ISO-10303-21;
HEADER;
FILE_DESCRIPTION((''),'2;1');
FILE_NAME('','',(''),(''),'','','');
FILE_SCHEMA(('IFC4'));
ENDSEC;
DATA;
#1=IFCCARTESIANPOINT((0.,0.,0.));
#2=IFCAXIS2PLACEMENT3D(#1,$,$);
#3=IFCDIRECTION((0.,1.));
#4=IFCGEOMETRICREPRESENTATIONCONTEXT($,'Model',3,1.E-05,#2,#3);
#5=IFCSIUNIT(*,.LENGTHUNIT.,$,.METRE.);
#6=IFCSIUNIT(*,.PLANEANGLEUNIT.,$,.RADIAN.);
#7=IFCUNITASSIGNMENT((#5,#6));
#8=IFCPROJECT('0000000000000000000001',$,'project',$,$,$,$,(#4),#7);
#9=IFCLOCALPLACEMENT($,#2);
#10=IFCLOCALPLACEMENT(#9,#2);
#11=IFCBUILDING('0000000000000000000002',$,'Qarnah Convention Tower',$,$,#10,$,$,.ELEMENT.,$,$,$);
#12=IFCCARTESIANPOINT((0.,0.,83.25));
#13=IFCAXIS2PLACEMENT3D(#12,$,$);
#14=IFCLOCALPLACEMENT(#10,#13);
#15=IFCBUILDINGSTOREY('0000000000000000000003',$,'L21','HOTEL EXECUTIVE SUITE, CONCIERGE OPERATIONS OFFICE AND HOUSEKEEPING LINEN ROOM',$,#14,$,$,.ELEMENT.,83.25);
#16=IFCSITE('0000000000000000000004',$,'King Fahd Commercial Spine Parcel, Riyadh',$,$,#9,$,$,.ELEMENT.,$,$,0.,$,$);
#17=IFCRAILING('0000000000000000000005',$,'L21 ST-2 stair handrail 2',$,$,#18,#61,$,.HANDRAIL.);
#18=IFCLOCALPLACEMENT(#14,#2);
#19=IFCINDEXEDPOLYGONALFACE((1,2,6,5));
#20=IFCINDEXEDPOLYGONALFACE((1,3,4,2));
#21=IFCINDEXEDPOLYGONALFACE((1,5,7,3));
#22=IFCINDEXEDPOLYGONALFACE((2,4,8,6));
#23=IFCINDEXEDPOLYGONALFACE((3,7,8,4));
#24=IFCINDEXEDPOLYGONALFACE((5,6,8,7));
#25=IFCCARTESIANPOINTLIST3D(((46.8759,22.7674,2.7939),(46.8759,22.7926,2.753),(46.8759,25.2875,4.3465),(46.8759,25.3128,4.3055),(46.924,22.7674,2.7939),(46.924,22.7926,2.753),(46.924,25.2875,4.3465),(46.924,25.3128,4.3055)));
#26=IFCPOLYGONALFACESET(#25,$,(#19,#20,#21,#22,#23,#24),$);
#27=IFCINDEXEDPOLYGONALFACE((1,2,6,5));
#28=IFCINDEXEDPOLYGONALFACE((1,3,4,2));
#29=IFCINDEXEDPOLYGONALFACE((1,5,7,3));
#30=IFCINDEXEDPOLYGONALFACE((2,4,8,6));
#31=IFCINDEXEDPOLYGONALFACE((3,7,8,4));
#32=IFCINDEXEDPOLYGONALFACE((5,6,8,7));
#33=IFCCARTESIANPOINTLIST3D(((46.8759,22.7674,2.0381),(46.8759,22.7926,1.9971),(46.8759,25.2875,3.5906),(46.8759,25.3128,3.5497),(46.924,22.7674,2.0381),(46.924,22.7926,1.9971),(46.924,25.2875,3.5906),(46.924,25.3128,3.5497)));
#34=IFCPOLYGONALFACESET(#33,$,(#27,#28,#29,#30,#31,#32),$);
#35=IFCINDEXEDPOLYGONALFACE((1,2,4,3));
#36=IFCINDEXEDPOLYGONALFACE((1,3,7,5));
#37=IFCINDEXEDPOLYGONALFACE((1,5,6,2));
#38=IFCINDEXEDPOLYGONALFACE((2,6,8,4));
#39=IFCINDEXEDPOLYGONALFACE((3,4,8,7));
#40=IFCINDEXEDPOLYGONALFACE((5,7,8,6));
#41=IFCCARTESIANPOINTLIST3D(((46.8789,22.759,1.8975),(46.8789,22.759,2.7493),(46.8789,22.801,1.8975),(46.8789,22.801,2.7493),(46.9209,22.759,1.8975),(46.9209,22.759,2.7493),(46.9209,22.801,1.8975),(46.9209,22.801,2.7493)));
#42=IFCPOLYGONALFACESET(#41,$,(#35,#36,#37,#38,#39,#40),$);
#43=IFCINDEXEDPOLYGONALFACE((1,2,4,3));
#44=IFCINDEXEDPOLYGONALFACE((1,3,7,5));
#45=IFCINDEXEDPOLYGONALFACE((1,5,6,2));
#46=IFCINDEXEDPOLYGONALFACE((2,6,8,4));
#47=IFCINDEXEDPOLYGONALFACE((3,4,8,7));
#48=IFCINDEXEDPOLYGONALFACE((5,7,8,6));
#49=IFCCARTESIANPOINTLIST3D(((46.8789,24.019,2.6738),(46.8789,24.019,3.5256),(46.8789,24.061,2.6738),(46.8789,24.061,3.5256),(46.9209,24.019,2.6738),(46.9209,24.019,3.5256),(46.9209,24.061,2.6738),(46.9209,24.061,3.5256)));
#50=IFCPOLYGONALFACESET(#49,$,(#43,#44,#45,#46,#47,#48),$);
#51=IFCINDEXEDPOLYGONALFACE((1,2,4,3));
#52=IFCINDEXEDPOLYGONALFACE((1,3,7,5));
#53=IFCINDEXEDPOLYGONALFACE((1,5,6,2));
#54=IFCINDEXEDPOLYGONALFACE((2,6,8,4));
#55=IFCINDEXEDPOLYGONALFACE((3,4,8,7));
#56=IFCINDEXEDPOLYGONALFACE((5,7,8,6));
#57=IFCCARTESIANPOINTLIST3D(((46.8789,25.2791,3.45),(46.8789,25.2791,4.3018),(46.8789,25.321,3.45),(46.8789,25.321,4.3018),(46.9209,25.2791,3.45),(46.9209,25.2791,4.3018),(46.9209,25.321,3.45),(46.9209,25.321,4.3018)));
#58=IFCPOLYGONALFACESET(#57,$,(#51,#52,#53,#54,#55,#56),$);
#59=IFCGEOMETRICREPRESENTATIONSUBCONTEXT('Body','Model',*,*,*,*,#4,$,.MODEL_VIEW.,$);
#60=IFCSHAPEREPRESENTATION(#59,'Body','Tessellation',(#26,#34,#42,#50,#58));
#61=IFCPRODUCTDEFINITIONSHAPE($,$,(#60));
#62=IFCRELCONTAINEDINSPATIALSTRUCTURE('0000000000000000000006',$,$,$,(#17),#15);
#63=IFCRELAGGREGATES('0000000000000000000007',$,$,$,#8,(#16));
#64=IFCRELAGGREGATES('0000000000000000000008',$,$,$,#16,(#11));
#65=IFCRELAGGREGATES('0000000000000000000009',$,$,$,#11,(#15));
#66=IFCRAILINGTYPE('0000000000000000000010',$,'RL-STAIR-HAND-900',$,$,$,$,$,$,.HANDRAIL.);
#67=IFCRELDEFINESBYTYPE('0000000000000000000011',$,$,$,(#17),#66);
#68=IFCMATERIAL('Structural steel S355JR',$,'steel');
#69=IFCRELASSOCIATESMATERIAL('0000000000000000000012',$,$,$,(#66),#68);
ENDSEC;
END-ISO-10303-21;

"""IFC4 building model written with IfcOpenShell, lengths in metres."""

from ifc_helpers import new_model, si_unit, direction, frame, origin, origin_2d, place, context, subcontext, project, spatial, rectangle, extrude, material, type_object, element, save


model = new_model("IFC4")

# Units and contexts
model_context = context("Model", 3, precision=1e-05, world=origin(), true_north=direction((0.0, 1.0)))
body_context = subcontext(model_context, "Body", "Model", "MODEL_VIEW")
ifc_project = project(units=[si_unit("LENGTHUNIT", "METRE"), si_unit("PLANEANGLEUNIT", "RADIAN")], contexts=[model_context])

# Site, building, storey
site_placement = place(None, origin())
site = spatial("IfcSite", under=ifc_project, at=site_placement, Name="King Fahd Commercial Spine Parcel, Riyadh", CompositionType="ELEMENT", RefElevation=0.0)
building_placement = place(site_placement, origin())
building = spatial("IfcBuilding", under=site, at=building_placement, Name="Qarnah Convention Tower", CompositionType="ELEMENT")
storey_placement = place(building_placement, frame((0.0, 0.0, 83.25)))
storey = spatial("IfcBuildingStorey", under=building, at=storey_placement, Name="L21", Description="HOTEL EXECUTIVE SUITE, CONCIERGE OPERATIONS OFFICE AND HOUSEKEEPING LINEN ROOM", CompositionType="ELEMENT", Elevation=83.25)

# Shared definitions
ifc_material_1 = material(Name="Structural steel S355JR", Category="steel")

# Railing
railing_type_1 = type_object("IfcRailingType", Name="RL-STAIR-HAND-900", PredefinedType="HANDRAIL", material=ifc_material_1)
railing_1_placement = place(storey_placement, frame((46.8999, 22.78, 1.8975)))
element("IfcRailing", 1, at=railing_1_placement, inside=storey, type_object=railing_type_1, Name="L21 ST-2 stair handrail 2", PredefinedType="HANDRAIL", context=body_context, shape_type="SweptSolid", body=[
    extrude(rectangle(XDim=0.0481, YDim=0.0481, at=origin_2d()), frame((0.0, 0.0, 0.876), z_axis=(0.0, 0.8514, 0.524516), x_axis=(-1.0, 0.0, 0.0)), (0.0, 0.0, 1.0), 2.96),
    extrude(rectangle(XDim=0.0481, YDim=0.0481, at=origin_2d()), frame((0.0, 0.0, 0.1201), z_axis=(0.0, 0.8514, 0.524516), x_axis=(-1.0, 0.0, 0.0)), (0.0, 0.0, 1.0), 2.96),
    extrude(rectangle(XDim=0.042, YDim=0.042, at=origin_2d()), origin(), (0.0, 0.0, 1.0), 0.8518),
    extrude(rectangle(XDim=0.042, YDim=0.042, at=origin_2d()), frame((0.0, 1.26, 0.7764)), (0.0, 0.0, 1.0), 0.8518),
    extrude(rectangle(XDim=0.042, YDim=0.042, at=origin_2d()), frame((0.0, 2.52, 1.5525)), (0.0, 0.0, 1.0), 0.8518),
])

save(model, "model.ifc")
